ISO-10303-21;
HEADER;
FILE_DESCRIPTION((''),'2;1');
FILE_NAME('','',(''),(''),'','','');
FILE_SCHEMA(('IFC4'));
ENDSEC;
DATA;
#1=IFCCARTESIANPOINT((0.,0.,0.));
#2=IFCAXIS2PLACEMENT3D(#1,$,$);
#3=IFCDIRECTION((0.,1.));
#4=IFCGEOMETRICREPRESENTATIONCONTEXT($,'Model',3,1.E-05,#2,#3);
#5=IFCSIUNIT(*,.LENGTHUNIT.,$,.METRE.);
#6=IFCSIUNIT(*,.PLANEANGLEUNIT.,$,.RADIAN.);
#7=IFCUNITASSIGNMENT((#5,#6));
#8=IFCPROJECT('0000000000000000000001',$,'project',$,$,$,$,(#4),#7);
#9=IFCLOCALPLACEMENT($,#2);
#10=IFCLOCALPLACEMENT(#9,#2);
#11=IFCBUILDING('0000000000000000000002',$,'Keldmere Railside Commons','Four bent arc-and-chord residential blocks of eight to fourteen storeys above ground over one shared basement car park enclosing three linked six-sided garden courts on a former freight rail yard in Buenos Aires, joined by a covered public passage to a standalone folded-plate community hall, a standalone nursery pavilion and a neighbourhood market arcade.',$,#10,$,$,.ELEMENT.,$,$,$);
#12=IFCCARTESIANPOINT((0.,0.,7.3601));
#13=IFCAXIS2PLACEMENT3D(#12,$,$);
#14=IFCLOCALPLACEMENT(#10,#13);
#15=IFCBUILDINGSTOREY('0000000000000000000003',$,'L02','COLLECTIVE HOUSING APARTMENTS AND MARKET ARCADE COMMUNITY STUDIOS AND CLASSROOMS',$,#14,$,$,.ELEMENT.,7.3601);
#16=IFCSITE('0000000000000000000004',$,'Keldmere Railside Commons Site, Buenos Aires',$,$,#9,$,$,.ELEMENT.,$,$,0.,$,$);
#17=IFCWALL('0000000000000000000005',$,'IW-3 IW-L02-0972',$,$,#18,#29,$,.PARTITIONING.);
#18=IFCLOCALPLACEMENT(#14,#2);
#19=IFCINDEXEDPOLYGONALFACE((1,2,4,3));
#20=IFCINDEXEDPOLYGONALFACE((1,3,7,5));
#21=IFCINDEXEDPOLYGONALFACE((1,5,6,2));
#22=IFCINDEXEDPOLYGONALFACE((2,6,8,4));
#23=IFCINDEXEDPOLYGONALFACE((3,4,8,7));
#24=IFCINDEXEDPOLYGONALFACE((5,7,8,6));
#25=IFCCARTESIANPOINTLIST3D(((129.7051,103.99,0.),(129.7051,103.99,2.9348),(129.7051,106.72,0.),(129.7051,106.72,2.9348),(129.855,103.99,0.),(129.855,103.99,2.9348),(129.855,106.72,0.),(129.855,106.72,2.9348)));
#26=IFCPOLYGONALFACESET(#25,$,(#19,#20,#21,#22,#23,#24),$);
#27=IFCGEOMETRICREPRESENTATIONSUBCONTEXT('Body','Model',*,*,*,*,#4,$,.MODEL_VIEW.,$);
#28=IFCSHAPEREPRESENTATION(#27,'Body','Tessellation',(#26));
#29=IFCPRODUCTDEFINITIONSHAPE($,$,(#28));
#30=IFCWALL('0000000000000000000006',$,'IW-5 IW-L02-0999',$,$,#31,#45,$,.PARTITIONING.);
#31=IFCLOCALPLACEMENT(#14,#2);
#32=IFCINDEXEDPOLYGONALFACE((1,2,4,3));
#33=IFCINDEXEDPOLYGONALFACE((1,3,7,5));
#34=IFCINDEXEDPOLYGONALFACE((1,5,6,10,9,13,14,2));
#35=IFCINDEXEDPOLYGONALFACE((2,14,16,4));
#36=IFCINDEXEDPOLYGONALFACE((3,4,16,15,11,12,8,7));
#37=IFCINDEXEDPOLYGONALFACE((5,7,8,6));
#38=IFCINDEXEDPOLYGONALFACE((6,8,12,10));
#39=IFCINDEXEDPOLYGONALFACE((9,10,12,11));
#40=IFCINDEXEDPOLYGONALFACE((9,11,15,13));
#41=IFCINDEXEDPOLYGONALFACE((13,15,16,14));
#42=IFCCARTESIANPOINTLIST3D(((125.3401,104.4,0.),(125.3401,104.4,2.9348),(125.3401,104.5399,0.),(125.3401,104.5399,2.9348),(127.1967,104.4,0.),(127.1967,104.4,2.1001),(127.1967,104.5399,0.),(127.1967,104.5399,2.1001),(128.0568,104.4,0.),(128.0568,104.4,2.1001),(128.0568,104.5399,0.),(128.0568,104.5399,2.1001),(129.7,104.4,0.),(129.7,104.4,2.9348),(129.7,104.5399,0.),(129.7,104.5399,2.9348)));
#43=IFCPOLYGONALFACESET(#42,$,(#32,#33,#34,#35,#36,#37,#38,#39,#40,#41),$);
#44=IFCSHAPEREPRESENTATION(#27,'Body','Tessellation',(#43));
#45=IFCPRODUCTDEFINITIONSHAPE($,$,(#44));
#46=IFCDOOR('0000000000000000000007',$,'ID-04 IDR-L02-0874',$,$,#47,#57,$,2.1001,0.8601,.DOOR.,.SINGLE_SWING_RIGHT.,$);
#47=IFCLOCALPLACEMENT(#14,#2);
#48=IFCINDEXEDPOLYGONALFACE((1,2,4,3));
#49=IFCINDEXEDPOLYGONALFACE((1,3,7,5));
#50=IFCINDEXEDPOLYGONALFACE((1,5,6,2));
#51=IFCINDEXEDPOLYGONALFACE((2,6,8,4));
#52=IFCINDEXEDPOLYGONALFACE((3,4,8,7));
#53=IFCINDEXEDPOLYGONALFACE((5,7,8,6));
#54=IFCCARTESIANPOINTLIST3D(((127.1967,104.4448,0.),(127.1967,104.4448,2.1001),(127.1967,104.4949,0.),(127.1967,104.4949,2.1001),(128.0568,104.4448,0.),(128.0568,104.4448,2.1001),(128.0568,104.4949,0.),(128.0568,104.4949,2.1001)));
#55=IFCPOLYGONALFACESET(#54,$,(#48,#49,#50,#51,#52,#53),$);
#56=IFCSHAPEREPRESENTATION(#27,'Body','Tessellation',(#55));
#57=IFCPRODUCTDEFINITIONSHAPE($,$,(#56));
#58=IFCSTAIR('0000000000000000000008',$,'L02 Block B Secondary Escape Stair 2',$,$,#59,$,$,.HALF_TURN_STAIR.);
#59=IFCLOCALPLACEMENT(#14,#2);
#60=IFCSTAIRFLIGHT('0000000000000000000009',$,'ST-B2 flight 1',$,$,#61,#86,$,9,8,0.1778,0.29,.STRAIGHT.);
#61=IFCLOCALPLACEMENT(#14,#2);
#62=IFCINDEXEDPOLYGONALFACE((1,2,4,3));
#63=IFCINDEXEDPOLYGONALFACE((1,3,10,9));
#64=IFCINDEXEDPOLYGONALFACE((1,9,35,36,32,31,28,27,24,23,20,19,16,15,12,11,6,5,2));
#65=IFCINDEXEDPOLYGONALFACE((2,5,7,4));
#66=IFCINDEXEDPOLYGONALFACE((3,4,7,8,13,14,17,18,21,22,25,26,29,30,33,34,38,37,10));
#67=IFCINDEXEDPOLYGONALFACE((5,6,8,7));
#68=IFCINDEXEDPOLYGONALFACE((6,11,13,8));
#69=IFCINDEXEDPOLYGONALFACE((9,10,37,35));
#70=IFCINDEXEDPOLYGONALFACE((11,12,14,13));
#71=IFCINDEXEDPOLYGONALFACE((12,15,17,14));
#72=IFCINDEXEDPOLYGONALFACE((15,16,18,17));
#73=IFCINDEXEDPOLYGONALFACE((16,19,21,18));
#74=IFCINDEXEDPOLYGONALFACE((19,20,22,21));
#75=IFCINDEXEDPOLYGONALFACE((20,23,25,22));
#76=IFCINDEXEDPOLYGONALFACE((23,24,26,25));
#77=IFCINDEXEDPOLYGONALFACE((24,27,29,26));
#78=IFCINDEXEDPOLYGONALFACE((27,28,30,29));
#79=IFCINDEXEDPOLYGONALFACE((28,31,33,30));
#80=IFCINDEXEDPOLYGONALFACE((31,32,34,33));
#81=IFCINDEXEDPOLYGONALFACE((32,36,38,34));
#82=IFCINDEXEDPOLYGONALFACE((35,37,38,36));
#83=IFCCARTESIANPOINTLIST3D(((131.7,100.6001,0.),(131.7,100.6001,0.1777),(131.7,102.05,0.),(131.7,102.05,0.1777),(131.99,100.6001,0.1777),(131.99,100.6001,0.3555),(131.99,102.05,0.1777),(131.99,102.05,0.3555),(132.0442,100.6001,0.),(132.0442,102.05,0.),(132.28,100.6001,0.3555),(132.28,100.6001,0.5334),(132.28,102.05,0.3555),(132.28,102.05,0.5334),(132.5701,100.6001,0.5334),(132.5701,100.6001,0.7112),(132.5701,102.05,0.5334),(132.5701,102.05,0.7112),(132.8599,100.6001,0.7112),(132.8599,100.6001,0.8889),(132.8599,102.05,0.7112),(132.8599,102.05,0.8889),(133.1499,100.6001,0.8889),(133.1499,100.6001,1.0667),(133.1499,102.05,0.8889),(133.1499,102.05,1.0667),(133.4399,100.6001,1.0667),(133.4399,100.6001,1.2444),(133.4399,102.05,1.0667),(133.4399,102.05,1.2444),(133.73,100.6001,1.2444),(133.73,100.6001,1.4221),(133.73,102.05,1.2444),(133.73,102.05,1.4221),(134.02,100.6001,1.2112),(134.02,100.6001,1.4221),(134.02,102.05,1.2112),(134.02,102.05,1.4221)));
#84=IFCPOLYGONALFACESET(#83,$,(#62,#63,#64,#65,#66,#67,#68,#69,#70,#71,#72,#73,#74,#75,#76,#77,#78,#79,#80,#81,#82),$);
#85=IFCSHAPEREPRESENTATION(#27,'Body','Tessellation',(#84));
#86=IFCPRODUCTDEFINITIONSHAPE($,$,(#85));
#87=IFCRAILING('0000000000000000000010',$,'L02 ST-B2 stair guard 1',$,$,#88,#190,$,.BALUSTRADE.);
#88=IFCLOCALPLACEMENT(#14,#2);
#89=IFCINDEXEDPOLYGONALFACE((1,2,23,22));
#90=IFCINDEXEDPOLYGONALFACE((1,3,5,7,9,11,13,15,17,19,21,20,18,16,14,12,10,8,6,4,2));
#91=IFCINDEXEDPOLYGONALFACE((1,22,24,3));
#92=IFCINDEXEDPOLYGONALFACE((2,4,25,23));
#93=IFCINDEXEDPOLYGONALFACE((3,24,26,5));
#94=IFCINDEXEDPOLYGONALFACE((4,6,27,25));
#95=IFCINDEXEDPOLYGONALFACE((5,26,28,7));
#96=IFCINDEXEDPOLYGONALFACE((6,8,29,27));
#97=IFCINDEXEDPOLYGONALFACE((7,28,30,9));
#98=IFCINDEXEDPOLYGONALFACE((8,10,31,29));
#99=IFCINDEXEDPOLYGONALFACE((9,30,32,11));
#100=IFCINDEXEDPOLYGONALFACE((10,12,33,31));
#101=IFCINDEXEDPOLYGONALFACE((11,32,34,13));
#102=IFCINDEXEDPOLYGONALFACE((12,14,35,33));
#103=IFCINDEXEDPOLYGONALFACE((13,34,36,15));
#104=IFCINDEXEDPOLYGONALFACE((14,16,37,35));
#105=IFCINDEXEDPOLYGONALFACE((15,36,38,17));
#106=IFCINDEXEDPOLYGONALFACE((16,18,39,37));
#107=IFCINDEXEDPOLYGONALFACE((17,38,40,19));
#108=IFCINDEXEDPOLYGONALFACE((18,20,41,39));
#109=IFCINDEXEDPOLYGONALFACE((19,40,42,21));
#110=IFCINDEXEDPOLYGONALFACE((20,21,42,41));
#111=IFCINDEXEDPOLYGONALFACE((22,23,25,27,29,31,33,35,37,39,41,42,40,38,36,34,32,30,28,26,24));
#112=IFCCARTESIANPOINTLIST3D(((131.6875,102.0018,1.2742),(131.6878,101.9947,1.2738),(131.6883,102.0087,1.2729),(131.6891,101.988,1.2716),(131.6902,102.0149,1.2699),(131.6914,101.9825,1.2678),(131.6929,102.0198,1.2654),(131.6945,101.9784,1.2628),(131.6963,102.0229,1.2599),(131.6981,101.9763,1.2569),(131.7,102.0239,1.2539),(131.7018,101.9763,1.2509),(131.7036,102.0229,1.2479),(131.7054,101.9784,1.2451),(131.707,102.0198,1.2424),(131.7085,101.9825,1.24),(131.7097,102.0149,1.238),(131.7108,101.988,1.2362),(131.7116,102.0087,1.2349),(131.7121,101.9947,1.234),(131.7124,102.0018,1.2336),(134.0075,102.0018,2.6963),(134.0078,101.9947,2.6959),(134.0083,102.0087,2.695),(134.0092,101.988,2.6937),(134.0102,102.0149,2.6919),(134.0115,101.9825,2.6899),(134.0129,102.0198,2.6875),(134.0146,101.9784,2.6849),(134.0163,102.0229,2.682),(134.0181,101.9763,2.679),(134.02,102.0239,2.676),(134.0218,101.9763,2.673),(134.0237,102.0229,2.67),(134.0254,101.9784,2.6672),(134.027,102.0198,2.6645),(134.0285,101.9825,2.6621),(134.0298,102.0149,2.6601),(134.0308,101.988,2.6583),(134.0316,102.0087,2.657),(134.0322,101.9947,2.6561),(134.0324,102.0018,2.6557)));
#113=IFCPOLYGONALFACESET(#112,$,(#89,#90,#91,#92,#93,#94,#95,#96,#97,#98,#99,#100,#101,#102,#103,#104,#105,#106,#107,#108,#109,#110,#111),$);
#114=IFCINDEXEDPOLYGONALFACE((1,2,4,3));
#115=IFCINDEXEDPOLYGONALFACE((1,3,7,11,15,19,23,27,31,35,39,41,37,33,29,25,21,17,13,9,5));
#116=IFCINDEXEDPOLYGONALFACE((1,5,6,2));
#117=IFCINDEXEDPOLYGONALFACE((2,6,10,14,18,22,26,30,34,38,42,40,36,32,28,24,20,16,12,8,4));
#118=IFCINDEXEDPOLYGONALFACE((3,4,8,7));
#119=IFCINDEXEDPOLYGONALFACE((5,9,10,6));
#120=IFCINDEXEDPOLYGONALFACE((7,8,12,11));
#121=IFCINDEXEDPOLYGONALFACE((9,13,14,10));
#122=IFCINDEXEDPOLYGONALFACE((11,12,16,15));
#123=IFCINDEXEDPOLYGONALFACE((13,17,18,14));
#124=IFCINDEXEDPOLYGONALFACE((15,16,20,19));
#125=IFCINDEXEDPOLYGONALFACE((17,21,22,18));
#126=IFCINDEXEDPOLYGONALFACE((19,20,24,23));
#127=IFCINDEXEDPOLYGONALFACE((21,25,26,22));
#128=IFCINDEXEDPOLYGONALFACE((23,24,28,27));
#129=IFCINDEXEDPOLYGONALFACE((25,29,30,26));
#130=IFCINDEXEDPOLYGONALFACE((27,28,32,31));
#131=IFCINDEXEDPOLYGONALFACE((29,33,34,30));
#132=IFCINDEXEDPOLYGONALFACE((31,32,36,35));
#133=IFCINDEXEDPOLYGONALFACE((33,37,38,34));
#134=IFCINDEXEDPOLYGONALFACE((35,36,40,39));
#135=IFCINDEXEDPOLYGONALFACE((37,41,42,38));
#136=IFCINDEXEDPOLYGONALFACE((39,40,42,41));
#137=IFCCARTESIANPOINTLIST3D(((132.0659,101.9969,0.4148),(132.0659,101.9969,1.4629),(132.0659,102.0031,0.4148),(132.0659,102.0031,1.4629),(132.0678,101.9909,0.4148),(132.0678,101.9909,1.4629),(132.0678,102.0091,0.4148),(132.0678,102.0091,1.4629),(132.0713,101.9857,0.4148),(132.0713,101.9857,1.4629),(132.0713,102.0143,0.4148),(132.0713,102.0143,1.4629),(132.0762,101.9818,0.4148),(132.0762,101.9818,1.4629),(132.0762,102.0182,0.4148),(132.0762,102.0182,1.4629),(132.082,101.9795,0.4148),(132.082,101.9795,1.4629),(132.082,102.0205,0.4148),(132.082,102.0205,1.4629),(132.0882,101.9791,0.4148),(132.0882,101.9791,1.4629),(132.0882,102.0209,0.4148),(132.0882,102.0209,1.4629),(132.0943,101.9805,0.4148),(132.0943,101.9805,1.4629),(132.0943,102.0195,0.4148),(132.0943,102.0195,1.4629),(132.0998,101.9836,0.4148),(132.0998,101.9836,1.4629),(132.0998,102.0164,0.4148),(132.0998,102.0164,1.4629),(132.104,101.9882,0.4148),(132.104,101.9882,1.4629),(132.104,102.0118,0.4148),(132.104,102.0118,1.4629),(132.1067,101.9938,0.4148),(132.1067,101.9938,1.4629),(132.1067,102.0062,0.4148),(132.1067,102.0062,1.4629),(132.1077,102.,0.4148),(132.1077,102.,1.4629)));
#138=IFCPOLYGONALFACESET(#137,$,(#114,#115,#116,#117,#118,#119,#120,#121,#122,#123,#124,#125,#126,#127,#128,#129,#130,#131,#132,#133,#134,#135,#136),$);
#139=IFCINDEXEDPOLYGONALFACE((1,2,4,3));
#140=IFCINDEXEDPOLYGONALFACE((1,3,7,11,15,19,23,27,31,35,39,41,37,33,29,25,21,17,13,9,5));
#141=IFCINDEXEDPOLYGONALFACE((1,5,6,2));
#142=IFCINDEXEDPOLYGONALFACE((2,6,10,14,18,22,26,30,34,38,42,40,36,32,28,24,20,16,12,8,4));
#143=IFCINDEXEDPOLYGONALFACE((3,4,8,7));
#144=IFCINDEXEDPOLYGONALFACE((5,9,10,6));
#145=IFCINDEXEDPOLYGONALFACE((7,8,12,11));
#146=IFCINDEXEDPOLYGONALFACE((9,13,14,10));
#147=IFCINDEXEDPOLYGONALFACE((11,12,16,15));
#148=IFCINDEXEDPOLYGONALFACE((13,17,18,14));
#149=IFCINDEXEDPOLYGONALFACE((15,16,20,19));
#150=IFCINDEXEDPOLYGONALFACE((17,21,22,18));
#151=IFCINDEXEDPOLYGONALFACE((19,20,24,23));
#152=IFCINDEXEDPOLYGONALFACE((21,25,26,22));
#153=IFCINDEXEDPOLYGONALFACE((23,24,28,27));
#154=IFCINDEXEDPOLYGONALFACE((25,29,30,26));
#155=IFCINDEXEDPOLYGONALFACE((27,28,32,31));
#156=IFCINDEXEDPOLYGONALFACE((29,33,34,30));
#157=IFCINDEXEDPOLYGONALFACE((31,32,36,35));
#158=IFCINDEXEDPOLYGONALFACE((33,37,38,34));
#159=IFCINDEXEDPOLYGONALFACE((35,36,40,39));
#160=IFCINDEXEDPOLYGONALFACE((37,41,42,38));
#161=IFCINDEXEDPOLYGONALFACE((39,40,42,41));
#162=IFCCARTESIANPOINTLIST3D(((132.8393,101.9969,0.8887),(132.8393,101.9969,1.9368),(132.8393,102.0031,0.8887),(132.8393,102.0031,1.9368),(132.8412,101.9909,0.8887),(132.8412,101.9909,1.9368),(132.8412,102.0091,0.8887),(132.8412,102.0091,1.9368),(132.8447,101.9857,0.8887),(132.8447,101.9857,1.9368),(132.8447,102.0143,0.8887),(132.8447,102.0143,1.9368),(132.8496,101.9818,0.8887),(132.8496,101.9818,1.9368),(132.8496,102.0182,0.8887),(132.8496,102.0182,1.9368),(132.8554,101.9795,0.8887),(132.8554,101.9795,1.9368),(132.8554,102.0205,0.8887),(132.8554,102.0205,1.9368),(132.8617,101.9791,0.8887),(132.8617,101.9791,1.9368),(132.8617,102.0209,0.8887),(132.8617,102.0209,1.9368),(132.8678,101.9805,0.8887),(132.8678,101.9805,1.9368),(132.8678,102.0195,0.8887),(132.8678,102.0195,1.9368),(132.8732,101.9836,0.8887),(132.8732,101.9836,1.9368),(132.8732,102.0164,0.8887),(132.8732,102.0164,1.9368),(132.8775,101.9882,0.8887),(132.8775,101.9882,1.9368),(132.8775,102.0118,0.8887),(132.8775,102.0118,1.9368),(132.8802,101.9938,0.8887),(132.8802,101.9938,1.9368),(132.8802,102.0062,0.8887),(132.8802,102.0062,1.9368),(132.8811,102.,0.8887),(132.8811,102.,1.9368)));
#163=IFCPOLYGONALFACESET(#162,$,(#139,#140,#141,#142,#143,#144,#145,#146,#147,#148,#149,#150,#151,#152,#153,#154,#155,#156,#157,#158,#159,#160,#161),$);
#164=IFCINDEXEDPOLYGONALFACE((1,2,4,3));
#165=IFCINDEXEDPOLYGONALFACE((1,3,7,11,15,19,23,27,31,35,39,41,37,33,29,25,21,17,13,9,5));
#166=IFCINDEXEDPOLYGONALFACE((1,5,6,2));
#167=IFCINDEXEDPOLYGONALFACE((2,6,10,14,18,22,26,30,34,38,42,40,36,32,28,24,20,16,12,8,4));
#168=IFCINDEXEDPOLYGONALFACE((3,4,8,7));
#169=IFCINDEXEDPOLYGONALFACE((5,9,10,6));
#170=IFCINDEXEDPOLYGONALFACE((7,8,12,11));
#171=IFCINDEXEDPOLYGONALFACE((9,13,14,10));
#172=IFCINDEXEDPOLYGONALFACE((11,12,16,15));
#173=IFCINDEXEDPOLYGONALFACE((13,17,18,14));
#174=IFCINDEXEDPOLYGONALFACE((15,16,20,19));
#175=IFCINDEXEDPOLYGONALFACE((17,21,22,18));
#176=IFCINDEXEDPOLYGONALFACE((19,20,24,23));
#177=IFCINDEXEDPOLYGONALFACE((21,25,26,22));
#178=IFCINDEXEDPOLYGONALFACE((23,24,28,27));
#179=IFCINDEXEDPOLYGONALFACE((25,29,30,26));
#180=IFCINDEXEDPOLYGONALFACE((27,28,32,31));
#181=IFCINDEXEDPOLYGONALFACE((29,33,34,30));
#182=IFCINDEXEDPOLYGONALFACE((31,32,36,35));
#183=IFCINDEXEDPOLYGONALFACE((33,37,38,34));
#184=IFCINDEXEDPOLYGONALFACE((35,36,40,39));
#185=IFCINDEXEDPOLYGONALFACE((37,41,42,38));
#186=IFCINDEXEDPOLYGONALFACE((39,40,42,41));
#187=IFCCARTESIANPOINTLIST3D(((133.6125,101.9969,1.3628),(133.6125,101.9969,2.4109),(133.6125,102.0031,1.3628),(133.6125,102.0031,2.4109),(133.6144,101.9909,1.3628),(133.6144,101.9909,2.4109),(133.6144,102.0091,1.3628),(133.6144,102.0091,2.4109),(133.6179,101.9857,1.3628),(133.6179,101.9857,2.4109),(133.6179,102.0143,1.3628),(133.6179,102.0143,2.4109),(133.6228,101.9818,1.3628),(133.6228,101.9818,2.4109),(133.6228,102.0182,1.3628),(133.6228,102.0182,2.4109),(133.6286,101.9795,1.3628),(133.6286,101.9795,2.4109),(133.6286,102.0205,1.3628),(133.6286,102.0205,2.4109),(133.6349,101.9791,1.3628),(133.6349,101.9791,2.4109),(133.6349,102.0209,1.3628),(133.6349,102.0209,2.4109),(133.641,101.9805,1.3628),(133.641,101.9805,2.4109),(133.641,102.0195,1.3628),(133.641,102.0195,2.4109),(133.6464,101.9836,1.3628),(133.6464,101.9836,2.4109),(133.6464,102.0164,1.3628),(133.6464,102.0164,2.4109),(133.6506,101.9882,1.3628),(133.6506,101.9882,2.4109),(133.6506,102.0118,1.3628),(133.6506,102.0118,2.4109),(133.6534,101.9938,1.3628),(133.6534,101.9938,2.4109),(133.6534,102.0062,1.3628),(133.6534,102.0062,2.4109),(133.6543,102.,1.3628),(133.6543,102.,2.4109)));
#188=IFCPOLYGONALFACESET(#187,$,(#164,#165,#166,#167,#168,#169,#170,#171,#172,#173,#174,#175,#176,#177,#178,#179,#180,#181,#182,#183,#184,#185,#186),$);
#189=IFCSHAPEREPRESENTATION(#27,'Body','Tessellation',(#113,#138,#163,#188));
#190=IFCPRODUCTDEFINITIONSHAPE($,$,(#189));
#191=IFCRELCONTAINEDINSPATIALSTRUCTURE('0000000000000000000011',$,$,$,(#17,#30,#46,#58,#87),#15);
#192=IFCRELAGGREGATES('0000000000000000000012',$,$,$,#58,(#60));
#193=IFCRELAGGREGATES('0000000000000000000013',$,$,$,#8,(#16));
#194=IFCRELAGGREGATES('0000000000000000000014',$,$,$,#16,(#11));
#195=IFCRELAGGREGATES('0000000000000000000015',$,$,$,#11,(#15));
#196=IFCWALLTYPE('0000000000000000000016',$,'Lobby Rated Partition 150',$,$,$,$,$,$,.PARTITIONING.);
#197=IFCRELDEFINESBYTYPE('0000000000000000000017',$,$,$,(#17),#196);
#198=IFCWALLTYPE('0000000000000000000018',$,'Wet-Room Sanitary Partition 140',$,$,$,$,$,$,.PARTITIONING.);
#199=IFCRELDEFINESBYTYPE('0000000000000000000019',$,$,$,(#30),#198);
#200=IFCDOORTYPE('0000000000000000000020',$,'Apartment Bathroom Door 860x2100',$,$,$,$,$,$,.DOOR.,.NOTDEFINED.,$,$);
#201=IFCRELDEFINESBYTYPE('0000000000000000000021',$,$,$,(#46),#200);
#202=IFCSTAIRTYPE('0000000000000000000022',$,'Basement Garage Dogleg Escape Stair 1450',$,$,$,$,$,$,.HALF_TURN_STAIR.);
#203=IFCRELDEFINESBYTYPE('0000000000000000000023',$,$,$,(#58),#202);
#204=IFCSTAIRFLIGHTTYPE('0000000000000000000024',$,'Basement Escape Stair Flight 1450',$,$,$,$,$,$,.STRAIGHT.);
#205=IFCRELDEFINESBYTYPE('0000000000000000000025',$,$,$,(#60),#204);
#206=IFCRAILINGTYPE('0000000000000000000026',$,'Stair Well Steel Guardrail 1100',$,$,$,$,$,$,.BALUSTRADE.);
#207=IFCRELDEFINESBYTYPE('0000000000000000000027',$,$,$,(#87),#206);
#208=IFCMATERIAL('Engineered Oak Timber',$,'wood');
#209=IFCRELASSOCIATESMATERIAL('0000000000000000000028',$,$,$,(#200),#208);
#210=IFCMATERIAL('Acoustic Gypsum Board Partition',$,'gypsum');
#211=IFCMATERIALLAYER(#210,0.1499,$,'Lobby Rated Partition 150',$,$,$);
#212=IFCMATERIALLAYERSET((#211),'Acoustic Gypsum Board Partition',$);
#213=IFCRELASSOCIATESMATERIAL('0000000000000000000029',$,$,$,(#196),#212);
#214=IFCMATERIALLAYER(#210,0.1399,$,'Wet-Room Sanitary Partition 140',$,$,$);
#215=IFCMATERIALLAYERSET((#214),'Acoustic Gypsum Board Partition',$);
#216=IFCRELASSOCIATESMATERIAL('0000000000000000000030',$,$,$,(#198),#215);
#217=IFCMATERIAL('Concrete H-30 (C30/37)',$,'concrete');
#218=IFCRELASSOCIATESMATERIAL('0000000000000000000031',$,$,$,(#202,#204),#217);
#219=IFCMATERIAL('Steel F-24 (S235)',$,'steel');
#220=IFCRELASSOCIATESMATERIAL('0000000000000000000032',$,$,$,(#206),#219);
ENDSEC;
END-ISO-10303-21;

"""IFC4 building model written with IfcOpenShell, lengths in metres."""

from ifc_helpers import new_model, si_unit, direction, frame, frame_2d, origin, origin_2d, place, context, subcontext, project, spatial, polyline, rectangle, circle, outline, extrude, material, layer, layer_set, type_object, element, fill, aggregate, save


model = new_model("IFC4")

# Units and contexts
model_context = context("Model", 3, precision=1e-05, world=origin(), true_north=direction((0.0, 1.0)))
body_context = subcontext(model_context, "Body", "Model", "MODEL_VIEW")
ifc_project = project(units=[si_unit("LENGTHUNIT", "METRE"), si_unit("PLANEANGLEUNIT", "RADIAN")], contexts=[model_context])

# Site, building, storey
site_placement = place(None, origin())
site = spatial("IfcSite", under=ifc_project, at=site_placement, Name="Keldmere Railside Commons Site, Buenos Aires", CompositionType="ELEMENT", RefElevation=0.0)
building_placement = place(site_placement, origin())
building = spatial("IfcBuilding", under=site, at=building_placement, Name="Keldmere Railside Commons", Description="Four bent arc-and-chord residential blocks of eight to fourteen storeys above ground over one shared basement car park enclosing three linked six-sided garden courts on a former freight rail yard in Buenos Aires, joined by a covered public passage to a standalone folded-plate community hall, a standalone nursery pavilion and a neighbourhood market arcade.", CompositionType="ELEMENT")
storey_placement = place(building_placement, frame((0.0, 0.0, 7.3601)))
storey = spatial("IfcBuildingStorey", under=building, at=storey_placement, Name="L02", Description="COLLECTIVE HOUSING APARTMENTS AND MARKET ARCADE COMMUNITY STUDIOS AND CLASSROOMS", CompositionType="ELEMENT", Elevation=7.3601)

# Shared definitions
ifc_material_1 = material(Name="Concrete H-30 (C30/37)", Category="concrete")

# Shared definitions
ifc_material_2 = material(Name="Acoustic Gypsum Board Partition", Category="gypsum")
ifc_material_3 = material(Name="Engineered Oak Timber", Category="wood")
door_type_1 = type_object("IfcDoorType", Name="Apartment Bathroom Door 860x2100", OperationType="NOTDEFINED", PredefinedType="DOOR", material=ifc_material_3)

# Wall
ifc_layer_1 = layer(ifc_material_2, 0.1499, Name="Lobby Rated Partition 150")
ifc_layer_set_1 = layer_set([ifc_layer_1], Name="Acoustic Gypsum Board Partition")
wall_type_1 = type_object("IfcWallType", Name="Lobby Rated Partition 150", PredefinedType="PARTITIONING", material=ifc_layer_set_1)
wall_1_placement = place(storey_placement, frame((129.78, 103.99, 0.0), z_axis=(0.0, 0.0, 1.0), x_axis=(0.0, 1.0, 0.0)))
element("IfcWall", 1, at=wall_1_placement, inside=storey, type_object=wall_type_1, Name="IW-3 IW-L02-0972", PredefinedType="PARTITIONING", context=body_context, shape_type="SweptSolid", body=[
    extrude(rectangle(XDim=2.73, YDim=0.1499, at=frame_2d((1.365, 0.0))), origin(), (0.0, 0.0, 1.0), 2.9348),
])

# Wall, opening, door
ifc_layer_2 = layer(ifc_material_2, 0.1399, Name="Wet-Room Sanitary Partition 140")
ifc_layer_set_2 = layer_set([ifc_layer_2], Name="Acoustic Gypsum Board Partition")
wall_type_2 = type_object("IfcWallType", Name="Wet-Room Sanitary Partition 140", PredefinedType="PARTITIONING", material=ifc_layer_set_2)
wall_2_placement = place(storey_placement, frame((125.3401, 104.47, 0.0), z_axis=(0.0, 0.0, 1.0), x_axis=(1.0, 0.0, 0.0)))
wall_2 = element("IfcWall", 2, at=wall_2_placement, inside=storey, type_object=wall_type_2, Name="IW-5 IW-L02-0999", PredefinedType="PARTITIONING", context=body_context, shape_type="SweptSolid", body=[
    extrude(rectangle(XDim=4.3599, YDim=0.1399, at=frame_2d((2.1799, 0.0))), origin(), (0.0, 0.0, 1.0), 2.9348),
])
opening_1_placement = place(wall_2_placement, frame((1.8564, 0.0, 0.0)))
opening_1 = element("IfcOpeningElement", 3, at=opening_1_placement, cuts=wall_2, PredefinedType="OPENING", context=body_context, shape_type="SweptSolid", body=[
    extrude(rectangle(XDim=0.8601, YDim=2.1001, at=frame_2d((0.4302, 1.05))), frame((0.0, 0.0798, 0.0), z_axis=(0.0, -1.0, 0.0), x_axis=(1.0, 0.0, 0.0)), (0.0, 0.0, 1.0), 0.1599),
])
door_1_placement = place(opening_1_placement, origin())
door_1 = element("IfcDoor", 4, at=door_1_placement, inside=storey, type_object=door_type_1, Name="ID-04 IDR-L02-0874", OperationType="SINGLE_SWING_RIGHT", OverallHeight=2.1001, OverallWidth=0.8601, PredefinedType="DOOR", context=body_context, shape_type="SweptSolid", body=[
    extrude(rectangle(XDim=0.8601, YDim=2.1001, at=frame_2d((0.4302, 1.05))), frame((0.0, 0.0249, 0.0), z_axis=(0.0, -1.0, 0.0), x_axis=(1.0, 0.0, 0.0)), (0.0, 0.0, 1.0), 0.05),
])
fill(opening_1, door_1)

# Stair, stair flight
stair_type = type_object("IfcStairType", Name="Basement Garage Dogleg Escape Stair 1450", PredefinedType="HALF_TURN_STAIR", material=ifc_material_1)
stair_placement = place(storey_placement, origin())
stair = element("IfcStair", 5, at=stair_placement, inside=storey, type_object=stair_type, Name="L02 Block B Secondary Escape Stair 2", PredefinedType="HALF_TURN_STAIR")
stair_flight_type = type_object("IfcStairFlightType", Name="Basement Escape Stair Flight 1450", PredefinedType="STRAIGHT", material=ifc_material_1)
stair_flight_placement = place(storey_placement, frame((131.7, 101.325, 0.0), z_axis=(0.0, 0.0, 1.0), x_axis=(1.0, 0.0, 0.0)))
stair_flight = element("IfcStairFlight", 6, at=stair_flight_placement, type_object=stair_flight_type, Name="ST-B2 flight 1", NumberOfRisers=9, NumberOfTreads=8, PredefinedType="STRAIGHT", RiserHeight=0.1778, TreadLength=0.29, context=body_context, shape_type="SweptSolid", body=[
    extrude(outline(polyline([(0.0, 0.0), (0.0, 0.1777), (0.29, 0.1777), (0.29, 0.3555), (0.5801, 0.3555), (0.5801, 0.5334), (0.8701, 0.5334), (0.8701, 0.7112), (1.1599, 0.7112), (1.1599, 0.8889), (1.45, 0.8889), (1.45, 1.0667), (1.74, 1.0667), (1.74, 1.2444), (2.03, 1.2444), (2.03, 1.4221), (2.3201, 1.4221), (2.3201, 1.6001), (2.3201, 1.2112), (0.3442, 0.0), (0.0, 0.0)])), frame((0.0, 0.7251, 0.0), z_axis=(0.0, -1.0, 0.0), x_axis=(1.0, 0.0, 0.0)), (0.0, 0.0, 1.0), 1.45),
])
aggregate(stair, [stair_flight])

# Railing
ifc_material_4 = material(Name="Steel F-24 (S235)", Category="steel")
railing_type = type_object("IfcRailingType", Name="Stair Well Steel Guardrail 1100", PredefinedType="BALUSTRADE", material=ifc_material_4)
railing_1_placement = place(storey_placement, frame((131.7, 102.0, 0.1777)))
element("IfcRailing", 7, at=railing_1_placement, inside=storey, type_object=railing_type, Name="L02 ST-B2 stair guard 1", PredefinedType="BALUSTRADE", context=body_context, shape_type="SweptSolid", body=[
    extrude(circle(Radius=0.0239, at=origin_2d()), frame((0.0, 0.0, 1.0762), z_axis=(0.852578, 0.0, 0.5226), x_axis=(0.0, 1.0, 0.0)), (0.0, 0.0, 1.0), 2.7212),
    extrude(circle(Radius=0.021, at=origin_2d()), frame((0.3867, 0.0, 0.2371)), (0.0, 0.0, 1.0), 1.0481),
    extrude(circle(Radius=0.021, at=origin_2d()), frame((1.1602, 0.0, 0.7109)), (0.0, 0.0, 1.0), 1.0481),
    extrude(circle(Radius=0.021, at=origin_2d()), frame((1.9333, 0.0, 1.1851)), (0.0, 0.0, 1.0), 1.0481),
])

save(model, "model.ifc")
